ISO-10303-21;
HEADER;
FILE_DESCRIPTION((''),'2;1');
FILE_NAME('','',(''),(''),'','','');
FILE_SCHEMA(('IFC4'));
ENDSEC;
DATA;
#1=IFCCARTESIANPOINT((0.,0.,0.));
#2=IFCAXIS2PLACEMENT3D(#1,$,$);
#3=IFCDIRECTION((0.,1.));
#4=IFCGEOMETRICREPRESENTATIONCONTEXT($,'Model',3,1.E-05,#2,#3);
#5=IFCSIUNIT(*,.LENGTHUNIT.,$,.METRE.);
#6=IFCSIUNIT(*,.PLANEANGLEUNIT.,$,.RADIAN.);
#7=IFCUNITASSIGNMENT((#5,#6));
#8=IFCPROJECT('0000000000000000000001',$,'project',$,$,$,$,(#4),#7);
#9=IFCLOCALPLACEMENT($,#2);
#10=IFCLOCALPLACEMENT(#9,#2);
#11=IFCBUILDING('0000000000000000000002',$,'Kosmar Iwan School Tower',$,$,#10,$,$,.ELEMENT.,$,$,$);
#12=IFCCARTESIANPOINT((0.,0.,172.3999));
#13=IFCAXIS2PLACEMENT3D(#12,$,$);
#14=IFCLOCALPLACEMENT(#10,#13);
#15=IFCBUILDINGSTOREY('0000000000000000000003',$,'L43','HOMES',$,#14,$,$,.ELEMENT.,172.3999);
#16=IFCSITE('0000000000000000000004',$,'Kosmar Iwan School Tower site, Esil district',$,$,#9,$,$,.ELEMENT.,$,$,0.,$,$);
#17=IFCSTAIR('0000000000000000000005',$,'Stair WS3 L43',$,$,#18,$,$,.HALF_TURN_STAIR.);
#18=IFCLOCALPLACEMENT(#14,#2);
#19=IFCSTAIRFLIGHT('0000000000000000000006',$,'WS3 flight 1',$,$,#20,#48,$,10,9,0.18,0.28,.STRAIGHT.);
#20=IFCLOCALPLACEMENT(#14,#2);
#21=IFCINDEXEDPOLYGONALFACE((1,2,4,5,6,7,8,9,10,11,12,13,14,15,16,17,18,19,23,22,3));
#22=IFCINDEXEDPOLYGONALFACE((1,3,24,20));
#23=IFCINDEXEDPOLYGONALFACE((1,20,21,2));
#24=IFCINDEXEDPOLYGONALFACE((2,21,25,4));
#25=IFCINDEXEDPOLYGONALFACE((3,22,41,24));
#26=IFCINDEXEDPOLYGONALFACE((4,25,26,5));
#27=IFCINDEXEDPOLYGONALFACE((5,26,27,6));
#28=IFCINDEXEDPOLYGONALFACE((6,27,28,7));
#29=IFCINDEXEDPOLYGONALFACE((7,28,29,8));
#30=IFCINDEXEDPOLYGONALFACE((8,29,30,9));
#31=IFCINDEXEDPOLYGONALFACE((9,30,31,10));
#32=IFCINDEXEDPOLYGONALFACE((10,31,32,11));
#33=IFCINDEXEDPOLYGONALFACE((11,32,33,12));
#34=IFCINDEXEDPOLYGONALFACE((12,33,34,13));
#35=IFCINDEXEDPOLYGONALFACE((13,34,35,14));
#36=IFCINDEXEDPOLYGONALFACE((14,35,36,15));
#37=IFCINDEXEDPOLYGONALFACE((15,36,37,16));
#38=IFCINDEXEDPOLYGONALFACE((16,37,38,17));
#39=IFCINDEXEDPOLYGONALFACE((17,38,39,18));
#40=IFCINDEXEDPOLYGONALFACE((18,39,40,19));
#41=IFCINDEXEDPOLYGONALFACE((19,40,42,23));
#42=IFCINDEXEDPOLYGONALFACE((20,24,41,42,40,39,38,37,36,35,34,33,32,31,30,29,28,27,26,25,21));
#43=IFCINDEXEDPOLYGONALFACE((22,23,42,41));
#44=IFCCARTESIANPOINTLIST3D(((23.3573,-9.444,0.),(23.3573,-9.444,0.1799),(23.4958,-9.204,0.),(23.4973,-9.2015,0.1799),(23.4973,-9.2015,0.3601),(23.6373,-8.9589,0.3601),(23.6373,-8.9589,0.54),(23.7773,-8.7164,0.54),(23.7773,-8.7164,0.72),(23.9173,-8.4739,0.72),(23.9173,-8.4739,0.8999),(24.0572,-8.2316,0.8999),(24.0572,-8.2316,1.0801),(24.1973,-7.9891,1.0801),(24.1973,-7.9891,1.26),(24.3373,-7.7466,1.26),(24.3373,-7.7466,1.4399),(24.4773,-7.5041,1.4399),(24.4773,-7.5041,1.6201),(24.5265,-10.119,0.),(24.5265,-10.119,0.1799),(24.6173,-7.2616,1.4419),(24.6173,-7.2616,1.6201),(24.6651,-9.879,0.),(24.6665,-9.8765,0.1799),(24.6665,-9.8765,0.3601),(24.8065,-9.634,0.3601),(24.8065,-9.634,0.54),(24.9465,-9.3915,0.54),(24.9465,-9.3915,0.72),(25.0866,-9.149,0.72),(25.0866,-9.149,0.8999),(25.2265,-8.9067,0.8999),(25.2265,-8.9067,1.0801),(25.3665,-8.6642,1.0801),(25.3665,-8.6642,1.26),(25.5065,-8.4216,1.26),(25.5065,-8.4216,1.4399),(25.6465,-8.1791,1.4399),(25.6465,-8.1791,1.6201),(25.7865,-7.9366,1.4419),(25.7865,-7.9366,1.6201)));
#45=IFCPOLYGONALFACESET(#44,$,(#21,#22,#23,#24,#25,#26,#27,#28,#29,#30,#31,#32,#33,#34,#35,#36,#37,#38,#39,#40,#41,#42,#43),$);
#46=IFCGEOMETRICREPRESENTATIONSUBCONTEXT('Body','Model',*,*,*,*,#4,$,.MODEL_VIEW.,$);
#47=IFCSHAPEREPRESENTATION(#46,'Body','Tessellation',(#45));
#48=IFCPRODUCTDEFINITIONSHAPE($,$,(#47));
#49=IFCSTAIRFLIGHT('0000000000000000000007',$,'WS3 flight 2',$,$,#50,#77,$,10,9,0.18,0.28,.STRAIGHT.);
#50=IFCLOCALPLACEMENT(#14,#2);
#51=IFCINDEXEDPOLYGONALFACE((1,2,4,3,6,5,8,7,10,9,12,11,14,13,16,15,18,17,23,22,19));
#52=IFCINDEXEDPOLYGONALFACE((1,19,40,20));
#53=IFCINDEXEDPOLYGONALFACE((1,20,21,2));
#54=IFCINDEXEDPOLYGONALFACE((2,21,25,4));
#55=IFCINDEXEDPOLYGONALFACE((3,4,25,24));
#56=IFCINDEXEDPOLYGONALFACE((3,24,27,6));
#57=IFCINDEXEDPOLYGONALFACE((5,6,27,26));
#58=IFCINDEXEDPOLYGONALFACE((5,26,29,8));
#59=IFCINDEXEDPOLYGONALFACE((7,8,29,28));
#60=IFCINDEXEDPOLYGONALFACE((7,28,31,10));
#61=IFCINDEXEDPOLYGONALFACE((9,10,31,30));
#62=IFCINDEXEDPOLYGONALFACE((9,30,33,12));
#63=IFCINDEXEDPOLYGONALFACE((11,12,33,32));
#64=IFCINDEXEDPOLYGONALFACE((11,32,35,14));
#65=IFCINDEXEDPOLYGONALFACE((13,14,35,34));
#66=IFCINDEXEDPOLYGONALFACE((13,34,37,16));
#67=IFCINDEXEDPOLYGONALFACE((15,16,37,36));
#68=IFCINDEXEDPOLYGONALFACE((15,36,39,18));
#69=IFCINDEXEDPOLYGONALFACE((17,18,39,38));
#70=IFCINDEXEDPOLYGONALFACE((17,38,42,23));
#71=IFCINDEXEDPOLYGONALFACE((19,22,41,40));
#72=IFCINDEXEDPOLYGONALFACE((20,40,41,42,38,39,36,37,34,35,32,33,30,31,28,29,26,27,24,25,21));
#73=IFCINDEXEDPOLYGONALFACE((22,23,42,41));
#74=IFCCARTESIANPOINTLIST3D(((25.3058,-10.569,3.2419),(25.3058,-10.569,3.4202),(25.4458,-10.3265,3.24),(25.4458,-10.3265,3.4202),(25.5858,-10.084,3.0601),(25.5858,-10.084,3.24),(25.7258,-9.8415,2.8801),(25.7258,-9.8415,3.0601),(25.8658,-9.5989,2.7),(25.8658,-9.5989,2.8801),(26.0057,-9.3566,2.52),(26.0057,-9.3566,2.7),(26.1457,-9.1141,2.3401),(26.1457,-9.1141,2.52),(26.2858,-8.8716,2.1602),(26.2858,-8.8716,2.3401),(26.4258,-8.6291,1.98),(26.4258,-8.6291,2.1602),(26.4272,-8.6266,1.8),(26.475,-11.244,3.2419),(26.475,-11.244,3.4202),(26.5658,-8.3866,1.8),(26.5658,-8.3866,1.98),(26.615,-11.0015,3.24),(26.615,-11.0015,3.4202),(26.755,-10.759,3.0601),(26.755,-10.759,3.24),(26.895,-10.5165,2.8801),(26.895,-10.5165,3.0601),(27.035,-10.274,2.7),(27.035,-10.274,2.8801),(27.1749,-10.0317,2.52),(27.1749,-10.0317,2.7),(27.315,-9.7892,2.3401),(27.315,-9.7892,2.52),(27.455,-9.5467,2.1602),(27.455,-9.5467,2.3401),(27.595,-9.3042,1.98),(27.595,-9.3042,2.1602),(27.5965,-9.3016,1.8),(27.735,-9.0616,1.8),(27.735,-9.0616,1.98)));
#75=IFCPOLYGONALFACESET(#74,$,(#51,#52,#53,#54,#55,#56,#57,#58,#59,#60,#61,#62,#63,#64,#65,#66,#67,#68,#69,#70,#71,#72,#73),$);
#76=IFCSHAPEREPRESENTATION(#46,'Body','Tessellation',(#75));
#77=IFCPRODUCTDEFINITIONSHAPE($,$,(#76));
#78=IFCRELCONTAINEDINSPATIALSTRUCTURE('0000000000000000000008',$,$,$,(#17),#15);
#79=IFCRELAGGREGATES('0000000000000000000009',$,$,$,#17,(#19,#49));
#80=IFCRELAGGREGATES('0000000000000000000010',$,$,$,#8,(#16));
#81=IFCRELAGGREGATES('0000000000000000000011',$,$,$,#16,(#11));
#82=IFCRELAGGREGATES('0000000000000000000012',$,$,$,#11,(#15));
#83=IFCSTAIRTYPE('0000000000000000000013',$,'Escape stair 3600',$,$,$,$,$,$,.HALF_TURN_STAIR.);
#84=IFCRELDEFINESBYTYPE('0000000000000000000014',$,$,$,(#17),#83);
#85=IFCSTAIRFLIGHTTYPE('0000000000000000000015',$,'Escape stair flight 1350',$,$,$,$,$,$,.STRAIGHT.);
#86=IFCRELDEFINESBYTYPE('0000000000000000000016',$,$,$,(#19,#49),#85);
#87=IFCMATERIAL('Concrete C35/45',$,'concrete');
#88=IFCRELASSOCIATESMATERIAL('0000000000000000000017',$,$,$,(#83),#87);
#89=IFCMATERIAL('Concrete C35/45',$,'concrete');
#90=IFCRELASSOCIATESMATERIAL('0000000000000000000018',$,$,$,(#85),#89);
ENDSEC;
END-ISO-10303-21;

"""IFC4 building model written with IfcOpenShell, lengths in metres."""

from ifc_helpers import new_model, si_unit, direction, frame, origin, place, context, subcontext, project, spatial, polyline, outline, extrude, material, type_object, element, aggregate, save


model = new_model("IFC4")

# Units and contexts
model_context = context("Model", 3, precision=1e-05, world=origin(), true_north=direction((0.0, 1.0)))
body_context = subcontext(model_context, "Body", "Model", "MODEL_VIEW")
ifc_project = project(units=[si_unit("LENGTHUNIT", "METRE"), si_unit("PLANEANGLEUNIT", "RADIAN")], contexts=[model_context])

# Site, building, storey
site_placement = place(None, origin())
site = spatial("IfcSite", under=ifc_project, at=site_placement, Name="Kosmar Iwan School Tower site, Esil district", CompositionType="ELEMENT", RefElevation=0.0)
building_placement = place(site_placement, origin())
building = spatial("IfcBuilding", under=site, at=building_placement, Name="Kosmar Iwan School Tower", CompositionType="ELEMENT")
storey_placement = place(building_placement, frame((0.0, 0.0, 172.3999)))
storey = spatial("IfcBuildingStorey", under=building, at=storey_placement, Name="L43", Description="HOMES", CompositionType="ELEMENT", Elevation=172.3999)

# Stair, stair flights
ifc_material_1 = material(Name="Concrete C35/45", Category="concrete")
stair_type = type_object("IfcStairType", Name="Escape stair 3600", PredefinedType="HALF_TURN_STAIR", material=ifc_material_1)
stair_placement = place(storey_placement, origin())
stair = element("IfcStair", 1, at=stair_placement, inside=storey, type_object=stair_type, Name="Stair WS3 L43", PredefinedType="HALF_TURN_STAIR")
ifc_material_2 = material(Name="Concrete C35/45", Category="concrete")
stair_flight_type = type_object("IfcStairFlightType", Name="Escape stair flight 1350", PredefinedType="STRAIGHT", material=ifc_material_2)
stair_flight_1_placement = place(storey_placement, frame((23.9419, -9.7815, 0.0), z_axis=(0.0, 0.0, 1.0), x_axis=(0.5, 0.866025, 0.0)))
stair_flight_1 = element("IfcStairFlight", 2, at=stair_flight_1_placement, type_object=stair_flight_type, Name="WS3 flight 1", NumberOfRisers=10, NumberOfTreads=9, PredefinedType="STRAIGHT", RiserHeight=0.18, TreadLength=0.28, context=body_context, shape_type="SweptSolid", body=[
    extrude(outline(polyline([(0.0, 0.0), (0.0, 0.1799), (0.28, 0.1799), (0.28, 0.3601), (0.5601, 0.3601), (0.5601, 0.54), (0.8401, 0.54), (0.8401, 0.72), (1.1201, 0.72), (1.1201, 0.8999), (1.3999, 0.8999), (1.3999, 1.0801), (1.6799, 1.0801), (1.6799, 1.26), (1.96, 1.26), (1.96, 1.4399), (2.24, 1.4399), (2.24, 1.6201), (2.52, 1.6201), (2.52, 1.8), (2.52, 1.4419), (0.2771, 0.0), (0.0, 0.0)])), frame((0.0, 0.675, 0.0), z_axis=(0.0, -1.0, 0.0), x_axis=(1.0, 0.0, 0.0)), (0.0, 0.0, 1.0), 1.3501),
])
stair_flight_2_placement = place(storey_placement, frame((27.1504, -8.7241, 1.8), z_axis=(0.0, 0.0, 1.0), x_axis=(-0.5, -0.866025, 0.0)))
stair_flight_2 = element("IfcStairFlight", 3, at=stair_flight_2_placement, type_object=stair_flight_type, Name="WS3 flight 2", NumberOfRisers=10, NumberOfTreads=9, PredefinedType="STRAIGHT", RiserHeight=0.18, TreadLength=0.28, context=body_context, shape_type="SweptSolid", body=[
    extrude(outline(polyline([(0.0, 0.0), (0.0, 0.1799), (0.28, 0.1799), (0.28, 0.3601), (0.5601, 0.3601), (0.5601, 0.54), (0.8401, 0.54), (0.8401, 0.72), (1.1201, 0.72), (1.1201, 0.8999), (1.3999, 0.8999), (1.3999, 1.0801), (1.6799, 1.0801), (1.6799, 1.26), (1.96, 1.26), (1.96, 1.4399), (2.24, 1.4399), (2.24, 1.6201), (2.52, 1.6201), (2.52, 1.8), (2.52, 1.4419), (0.2771, 0.0), (0.0, 0.0)])), frame((0.0, 0.675, 0.0), z_axis=(0.0, -1.0, 0.0), x_axis=(1.0, 0.0, 0.0)), (0.0, 0.0, 1.0), 1.3501),
])
aggregate(stair, [stair_flight_1, stair_flight_2])

save(model, "model.ifc")
